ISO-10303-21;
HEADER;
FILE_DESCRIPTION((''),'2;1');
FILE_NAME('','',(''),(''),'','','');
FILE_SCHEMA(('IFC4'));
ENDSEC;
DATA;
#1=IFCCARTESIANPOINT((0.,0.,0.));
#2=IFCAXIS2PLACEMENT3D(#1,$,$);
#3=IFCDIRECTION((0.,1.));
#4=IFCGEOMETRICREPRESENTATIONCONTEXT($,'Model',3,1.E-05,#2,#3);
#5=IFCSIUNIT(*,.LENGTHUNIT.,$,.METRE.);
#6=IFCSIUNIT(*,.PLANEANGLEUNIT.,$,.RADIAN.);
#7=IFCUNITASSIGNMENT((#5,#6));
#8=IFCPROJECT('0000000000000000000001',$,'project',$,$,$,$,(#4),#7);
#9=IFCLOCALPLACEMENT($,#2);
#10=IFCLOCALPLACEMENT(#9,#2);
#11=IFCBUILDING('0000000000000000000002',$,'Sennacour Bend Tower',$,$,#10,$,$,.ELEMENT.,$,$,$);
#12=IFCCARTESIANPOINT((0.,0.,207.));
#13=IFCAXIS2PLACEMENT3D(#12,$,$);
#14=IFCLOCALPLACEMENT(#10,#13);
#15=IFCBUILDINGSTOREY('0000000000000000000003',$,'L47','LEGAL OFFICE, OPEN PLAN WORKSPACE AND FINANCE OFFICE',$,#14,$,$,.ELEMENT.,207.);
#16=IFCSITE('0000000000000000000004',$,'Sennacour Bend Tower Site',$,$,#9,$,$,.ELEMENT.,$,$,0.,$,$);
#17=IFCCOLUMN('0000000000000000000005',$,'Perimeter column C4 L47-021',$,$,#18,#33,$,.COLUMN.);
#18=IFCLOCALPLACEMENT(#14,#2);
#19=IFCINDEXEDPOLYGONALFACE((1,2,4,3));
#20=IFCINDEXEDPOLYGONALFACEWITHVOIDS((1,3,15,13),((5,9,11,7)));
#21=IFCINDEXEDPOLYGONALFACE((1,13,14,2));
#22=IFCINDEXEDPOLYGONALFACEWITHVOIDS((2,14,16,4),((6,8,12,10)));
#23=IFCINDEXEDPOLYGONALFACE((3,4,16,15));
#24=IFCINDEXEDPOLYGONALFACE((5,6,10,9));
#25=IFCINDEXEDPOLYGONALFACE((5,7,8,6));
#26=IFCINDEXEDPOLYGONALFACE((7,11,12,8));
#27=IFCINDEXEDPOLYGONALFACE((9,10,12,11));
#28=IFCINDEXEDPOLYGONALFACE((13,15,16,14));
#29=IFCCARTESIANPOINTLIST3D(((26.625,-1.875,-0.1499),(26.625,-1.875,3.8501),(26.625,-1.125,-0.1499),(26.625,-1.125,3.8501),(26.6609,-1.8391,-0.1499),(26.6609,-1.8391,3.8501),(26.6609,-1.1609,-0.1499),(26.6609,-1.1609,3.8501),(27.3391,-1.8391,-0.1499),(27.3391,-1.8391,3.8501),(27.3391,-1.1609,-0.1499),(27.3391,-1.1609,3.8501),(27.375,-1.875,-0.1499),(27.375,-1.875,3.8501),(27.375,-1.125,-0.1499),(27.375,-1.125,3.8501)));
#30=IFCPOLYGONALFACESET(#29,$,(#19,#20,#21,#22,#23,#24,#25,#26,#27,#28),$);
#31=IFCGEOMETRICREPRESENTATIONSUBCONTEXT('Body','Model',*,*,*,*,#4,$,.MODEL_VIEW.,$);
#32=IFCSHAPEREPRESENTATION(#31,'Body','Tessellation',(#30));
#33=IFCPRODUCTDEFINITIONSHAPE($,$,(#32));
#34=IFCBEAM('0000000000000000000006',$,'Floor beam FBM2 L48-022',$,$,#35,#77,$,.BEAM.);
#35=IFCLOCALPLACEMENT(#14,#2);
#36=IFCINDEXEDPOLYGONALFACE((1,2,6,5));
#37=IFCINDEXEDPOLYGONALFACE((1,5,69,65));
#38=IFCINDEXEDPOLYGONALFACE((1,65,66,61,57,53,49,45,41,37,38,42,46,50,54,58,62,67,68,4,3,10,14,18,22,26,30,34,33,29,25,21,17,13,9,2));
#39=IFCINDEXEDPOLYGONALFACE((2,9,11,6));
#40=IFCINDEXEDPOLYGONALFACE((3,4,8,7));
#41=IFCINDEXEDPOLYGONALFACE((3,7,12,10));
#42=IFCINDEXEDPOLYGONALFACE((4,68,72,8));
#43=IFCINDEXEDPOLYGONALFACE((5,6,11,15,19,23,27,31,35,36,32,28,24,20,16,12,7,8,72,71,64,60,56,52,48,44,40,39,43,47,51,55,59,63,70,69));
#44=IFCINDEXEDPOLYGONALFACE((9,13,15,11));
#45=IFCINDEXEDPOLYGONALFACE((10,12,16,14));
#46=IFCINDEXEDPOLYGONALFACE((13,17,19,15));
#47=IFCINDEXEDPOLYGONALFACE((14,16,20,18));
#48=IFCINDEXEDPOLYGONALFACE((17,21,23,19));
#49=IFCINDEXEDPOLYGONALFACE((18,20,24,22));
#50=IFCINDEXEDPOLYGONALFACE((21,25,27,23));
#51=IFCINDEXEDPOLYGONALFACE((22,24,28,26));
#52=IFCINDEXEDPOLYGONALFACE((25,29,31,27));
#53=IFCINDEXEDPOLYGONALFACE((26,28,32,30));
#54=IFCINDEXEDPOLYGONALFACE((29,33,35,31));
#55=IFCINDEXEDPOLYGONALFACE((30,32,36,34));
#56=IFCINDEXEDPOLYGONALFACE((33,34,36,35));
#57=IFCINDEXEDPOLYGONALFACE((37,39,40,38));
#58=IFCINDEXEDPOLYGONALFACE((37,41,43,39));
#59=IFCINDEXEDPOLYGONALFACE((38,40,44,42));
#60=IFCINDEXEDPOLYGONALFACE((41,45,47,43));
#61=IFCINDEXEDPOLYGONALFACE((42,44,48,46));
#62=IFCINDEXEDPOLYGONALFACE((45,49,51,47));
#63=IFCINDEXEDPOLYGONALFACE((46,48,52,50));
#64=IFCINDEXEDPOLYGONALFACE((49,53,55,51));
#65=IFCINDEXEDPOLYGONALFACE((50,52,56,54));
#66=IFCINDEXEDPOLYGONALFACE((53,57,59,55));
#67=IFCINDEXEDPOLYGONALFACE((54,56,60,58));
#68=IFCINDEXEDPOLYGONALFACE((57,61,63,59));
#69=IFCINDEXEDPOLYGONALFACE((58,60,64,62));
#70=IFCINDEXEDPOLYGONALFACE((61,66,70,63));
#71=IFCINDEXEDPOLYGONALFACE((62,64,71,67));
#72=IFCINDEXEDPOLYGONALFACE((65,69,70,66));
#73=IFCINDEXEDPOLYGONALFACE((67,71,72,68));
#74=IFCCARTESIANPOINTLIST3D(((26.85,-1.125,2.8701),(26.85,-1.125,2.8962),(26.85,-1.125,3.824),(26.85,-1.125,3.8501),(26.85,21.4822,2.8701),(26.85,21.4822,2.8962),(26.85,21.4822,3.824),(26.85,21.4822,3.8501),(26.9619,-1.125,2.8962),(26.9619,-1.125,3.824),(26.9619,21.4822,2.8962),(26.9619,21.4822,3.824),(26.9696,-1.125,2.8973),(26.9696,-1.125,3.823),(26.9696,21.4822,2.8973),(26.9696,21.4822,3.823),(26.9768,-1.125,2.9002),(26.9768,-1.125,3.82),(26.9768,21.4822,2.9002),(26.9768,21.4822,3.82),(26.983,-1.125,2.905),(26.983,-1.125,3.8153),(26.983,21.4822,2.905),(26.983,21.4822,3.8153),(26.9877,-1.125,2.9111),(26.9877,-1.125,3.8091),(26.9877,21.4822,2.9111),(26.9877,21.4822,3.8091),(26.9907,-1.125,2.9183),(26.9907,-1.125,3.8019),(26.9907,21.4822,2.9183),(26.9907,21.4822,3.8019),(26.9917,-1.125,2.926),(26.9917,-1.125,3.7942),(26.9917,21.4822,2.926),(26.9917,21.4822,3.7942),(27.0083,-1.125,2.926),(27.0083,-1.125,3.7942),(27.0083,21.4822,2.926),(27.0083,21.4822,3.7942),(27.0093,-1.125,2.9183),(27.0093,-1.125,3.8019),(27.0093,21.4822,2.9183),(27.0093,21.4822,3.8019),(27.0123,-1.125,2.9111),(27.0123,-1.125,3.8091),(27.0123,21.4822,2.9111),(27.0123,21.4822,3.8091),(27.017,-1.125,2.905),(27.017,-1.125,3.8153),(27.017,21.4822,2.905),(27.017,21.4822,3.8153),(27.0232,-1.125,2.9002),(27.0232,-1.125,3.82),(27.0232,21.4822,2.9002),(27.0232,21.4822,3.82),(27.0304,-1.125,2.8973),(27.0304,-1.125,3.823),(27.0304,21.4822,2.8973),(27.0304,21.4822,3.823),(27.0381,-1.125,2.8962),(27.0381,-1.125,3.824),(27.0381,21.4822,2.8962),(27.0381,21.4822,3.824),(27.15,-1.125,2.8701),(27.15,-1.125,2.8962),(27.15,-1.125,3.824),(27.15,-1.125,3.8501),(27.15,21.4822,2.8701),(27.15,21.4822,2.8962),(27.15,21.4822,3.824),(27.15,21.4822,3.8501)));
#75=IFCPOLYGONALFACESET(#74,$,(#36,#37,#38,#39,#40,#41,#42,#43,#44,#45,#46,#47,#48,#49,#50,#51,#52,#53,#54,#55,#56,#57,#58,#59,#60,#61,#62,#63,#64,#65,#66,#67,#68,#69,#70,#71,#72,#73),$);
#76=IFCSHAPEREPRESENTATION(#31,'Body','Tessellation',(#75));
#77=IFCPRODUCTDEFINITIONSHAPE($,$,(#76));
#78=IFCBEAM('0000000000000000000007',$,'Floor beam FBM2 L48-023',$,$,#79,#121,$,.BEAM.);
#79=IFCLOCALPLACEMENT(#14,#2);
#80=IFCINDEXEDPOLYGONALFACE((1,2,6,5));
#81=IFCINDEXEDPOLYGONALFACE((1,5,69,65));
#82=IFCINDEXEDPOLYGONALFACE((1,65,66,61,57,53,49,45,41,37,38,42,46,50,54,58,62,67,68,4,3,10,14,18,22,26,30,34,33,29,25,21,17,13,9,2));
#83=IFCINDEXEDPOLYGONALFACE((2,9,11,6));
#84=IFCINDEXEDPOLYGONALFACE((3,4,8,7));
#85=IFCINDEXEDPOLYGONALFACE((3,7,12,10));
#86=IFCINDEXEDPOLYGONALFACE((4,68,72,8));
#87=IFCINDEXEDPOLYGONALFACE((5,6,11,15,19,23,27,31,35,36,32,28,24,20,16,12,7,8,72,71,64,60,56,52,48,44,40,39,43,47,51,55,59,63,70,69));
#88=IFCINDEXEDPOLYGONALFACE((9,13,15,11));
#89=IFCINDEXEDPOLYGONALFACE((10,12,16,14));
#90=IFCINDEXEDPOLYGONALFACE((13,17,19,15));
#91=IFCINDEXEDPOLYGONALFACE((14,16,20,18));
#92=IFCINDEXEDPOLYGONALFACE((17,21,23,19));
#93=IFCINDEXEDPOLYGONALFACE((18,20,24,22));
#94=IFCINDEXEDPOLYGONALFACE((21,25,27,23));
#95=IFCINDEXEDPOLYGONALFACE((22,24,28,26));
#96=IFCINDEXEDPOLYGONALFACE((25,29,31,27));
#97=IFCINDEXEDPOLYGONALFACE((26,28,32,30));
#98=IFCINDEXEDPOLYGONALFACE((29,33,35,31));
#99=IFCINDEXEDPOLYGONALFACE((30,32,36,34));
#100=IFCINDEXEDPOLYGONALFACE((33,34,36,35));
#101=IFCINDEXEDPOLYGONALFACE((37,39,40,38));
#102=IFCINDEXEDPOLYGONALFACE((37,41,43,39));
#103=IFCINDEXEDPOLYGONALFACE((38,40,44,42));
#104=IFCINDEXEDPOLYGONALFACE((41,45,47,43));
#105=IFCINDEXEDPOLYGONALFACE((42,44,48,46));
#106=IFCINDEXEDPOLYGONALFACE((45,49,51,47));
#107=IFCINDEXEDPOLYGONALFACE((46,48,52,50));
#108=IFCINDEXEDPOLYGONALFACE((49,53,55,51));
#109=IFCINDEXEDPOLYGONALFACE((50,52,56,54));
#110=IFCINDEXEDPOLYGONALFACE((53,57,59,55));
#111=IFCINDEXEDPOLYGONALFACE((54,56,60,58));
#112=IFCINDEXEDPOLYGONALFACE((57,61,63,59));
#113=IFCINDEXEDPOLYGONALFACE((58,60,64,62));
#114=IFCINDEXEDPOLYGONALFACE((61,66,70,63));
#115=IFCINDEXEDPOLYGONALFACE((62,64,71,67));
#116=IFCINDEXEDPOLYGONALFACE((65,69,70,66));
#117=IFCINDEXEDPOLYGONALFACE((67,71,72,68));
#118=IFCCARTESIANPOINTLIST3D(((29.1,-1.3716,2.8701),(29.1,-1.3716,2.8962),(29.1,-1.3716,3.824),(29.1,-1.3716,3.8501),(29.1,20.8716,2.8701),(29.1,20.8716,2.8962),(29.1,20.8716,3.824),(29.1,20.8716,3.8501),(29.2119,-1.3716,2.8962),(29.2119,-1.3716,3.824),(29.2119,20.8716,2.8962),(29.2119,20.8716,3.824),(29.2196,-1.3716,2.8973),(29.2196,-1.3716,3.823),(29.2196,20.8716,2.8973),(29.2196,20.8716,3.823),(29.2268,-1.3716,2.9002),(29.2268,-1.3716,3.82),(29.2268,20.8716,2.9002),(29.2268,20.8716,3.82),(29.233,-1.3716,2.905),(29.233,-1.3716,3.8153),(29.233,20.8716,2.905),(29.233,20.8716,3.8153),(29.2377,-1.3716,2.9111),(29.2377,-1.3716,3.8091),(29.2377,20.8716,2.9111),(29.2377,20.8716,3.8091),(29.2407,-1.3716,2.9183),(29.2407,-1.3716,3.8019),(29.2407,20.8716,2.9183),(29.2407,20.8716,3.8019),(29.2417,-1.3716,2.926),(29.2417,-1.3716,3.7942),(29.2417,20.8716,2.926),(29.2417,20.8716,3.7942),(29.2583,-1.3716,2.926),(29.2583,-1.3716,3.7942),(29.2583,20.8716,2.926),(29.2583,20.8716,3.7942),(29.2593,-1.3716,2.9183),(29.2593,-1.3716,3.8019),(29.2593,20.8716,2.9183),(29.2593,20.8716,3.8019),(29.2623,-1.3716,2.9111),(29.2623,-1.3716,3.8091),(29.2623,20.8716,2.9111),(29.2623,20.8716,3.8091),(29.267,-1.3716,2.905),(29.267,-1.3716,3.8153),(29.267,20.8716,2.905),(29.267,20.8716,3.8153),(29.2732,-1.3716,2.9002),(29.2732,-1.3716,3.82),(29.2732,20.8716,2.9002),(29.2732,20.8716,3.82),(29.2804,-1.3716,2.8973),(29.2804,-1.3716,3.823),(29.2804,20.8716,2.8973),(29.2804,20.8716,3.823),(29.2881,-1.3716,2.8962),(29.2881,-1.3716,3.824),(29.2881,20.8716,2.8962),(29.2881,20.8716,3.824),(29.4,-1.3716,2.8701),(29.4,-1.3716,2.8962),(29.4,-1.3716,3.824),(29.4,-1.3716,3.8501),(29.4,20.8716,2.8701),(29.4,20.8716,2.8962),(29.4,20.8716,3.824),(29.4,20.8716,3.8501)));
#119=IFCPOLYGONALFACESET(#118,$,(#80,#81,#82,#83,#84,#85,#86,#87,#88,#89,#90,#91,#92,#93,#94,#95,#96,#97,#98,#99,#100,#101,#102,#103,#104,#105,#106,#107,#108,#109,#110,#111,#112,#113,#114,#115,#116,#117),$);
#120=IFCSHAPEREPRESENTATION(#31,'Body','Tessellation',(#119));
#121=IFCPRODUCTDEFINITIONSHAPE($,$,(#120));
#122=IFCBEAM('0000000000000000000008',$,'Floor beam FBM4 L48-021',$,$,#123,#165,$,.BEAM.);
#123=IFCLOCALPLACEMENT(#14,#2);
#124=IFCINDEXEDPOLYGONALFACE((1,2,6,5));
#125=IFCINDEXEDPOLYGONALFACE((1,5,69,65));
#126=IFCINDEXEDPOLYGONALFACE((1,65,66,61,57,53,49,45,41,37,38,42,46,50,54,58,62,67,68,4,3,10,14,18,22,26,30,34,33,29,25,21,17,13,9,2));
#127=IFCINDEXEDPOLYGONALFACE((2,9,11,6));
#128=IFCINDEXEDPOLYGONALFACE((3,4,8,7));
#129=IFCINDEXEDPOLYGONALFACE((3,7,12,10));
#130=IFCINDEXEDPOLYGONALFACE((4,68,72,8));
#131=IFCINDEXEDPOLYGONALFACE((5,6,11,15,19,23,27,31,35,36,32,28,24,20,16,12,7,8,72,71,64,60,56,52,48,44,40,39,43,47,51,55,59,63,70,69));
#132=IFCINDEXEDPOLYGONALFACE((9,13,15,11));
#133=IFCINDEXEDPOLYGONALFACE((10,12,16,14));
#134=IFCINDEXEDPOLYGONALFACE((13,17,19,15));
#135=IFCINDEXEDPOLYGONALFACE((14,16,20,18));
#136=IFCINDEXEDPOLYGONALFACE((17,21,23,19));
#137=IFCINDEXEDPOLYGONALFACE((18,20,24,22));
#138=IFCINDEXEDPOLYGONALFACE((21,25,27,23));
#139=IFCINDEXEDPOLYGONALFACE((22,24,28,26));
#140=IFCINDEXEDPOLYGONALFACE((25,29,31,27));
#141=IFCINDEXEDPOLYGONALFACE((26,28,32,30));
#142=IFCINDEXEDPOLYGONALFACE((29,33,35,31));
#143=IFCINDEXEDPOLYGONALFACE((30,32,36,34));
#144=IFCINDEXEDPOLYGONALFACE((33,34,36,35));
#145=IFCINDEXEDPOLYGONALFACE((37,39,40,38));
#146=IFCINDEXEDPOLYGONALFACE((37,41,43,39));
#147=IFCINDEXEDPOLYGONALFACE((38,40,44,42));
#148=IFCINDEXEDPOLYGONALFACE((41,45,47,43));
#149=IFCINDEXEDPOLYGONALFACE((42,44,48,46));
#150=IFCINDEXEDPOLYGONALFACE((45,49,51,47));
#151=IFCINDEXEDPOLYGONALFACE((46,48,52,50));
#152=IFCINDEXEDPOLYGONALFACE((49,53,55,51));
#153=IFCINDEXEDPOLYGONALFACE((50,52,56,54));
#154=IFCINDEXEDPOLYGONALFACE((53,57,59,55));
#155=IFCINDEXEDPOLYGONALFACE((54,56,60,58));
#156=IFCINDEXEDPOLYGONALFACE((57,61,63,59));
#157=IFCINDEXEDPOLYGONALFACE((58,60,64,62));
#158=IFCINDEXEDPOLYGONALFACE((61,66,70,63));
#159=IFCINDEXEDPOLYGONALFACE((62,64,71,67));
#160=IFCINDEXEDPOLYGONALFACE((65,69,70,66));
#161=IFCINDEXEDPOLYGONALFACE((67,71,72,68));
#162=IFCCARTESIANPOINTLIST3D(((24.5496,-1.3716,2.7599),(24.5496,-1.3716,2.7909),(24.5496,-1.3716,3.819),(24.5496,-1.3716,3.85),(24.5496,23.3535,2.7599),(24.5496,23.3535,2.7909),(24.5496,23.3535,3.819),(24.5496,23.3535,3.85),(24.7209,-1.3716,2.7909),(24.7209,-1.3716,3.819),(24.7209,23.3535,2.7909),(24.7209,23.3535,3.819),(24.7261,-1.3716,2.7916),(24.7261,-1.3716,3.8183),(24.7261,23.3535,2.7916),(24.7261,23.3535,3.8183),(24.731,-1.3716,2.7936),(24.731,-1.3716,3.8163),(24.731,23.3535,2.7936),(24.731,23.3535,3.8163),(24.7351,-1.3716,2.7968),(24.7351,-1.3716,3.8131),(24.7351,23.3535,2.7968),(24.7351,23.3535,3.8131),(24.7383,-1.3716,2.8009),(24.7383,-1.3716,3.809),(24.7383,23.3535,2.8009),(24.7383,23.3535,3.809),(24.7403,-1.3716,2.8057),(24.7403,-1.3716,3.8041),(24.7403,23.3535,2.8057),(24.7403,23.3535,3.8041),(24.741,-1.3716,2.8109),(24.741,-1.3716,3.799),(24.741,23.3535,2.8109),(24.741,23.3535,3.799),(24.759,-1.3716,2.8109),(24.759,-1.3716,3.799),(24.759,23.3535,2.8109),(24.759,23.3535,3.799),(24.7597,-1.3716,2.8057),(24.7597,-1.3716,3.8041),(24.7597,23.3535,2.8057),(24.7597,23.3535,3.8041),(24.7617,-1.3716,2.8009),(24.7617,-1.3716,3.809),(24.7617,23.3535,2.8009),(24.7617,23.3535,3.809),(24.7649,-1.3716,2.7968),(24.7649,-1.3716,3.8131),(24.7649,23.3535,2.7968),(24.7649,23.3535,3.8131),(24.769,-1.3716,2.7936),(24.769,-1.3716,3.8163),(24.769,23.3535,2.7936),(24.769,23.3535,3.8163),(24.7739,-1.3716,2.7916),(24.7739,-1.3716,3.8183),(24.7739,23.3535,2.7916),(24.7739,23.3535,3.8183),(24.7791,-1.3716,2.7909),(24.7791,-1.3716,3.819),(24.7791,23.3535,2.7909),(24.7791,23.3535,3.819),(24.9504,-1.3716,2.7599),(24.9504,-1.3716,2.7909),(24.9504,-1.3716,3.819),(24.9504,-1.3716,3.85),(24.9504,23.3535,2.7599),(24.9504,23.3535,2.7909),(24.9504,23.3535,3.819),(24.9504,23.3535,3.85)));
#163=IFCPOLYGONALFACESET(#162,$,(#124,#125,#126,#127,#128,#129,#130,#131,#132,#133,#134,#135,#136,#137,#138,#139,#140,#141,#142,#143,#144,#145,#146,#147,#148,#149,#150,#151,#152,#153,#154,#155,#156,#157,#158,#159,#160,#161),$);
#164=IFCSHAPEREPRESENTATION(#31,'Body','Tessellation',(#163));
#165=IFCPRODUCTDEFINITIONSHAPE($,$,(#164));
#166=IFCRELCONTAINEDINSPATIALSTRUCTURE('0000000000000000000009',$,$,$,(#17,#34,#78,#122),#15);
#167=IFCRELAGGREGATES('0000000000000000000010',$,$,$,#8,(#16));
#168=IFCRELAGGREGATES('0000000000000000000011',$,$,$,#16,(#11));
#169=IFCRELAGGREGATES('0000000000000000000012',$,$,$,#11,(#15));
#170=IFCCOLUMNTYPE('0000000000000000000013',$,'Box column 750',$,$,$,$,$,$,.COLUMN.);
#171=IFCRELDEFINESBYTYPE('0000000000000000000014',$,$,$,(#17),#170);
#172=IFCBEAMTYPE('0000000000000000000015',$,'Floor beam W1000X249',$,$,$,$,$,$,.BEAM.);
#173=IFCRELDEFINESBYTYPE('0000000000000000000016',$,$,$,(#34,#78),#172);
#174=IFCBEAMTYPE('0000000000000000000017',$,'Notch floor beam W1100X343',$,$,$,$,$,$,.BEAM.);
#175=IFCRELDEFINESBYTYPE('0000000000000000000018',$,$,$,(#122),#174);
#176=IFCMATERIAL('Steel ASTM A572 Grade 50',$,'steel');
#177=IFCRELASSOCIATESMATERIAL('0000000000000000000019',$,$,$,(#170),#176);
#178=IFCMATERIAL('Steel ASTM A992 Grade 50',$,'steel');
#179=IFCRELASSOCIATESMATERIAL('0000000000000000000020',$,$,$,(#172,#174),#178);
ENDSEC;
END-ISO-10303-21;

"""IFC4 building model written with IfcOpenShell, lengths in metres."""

from ifc_helpers import new_model, si_unit, direction, frame, origin, origin_2d, place, context, subcontext, project, spatial, hollow_rectangle, i_section, extrude, material, material_profile, profile_set, type_object, element, save


model = new_model("IFC4")

# Units and contexts
model_context = context("Model", 3, precision=1e-05, world=origin(), true_north=direction((0.0, 1.0)))
body_context = subcontext(model_context, "Body", "Model", "MODEL_VIEW")
ifc_project = project(units=[si_unit("LENGTHUNIT", "METRE"), si_unit("PLANEANGLEUNIT", "RADIAN")], contexts=[model_context])

# Site, building, storey
site_placement = place(None, origin())
site = spatial("IfcSite", under=ifc_project, at=site_placement, Name="Sennacour Bend Tower Site", CompositionType="ELEMENT", RefElevation=0.0)
building_placement = place(site_placement, origin())
building = spatial("IfcBuilding", under=site, at=building_placement, Name="Sennacour Bend Tower", CompositionType="ELEMENT")
storey_placement = place(building_placement, frame((0.0, 0.0, 207.0)))
storey = spatial("IfcBuildingStorey", under=building, at=storey_placement, Name="L47", Description="LEGAL OFFICE, OPEN PLAN WORKSPACE AND FINANCE OFFICE", CompositionType="ELEMENT", Elevation=207.0)

# Column
ifc_material_1 = material(Name="Steel ASTM A572 Grade 50", Category="steel")
ifc_material_profile_1 = material_profile(ifc_material_1, hollow_rectangle(XDim=0.75, YDim=0.75, WallThickness=0.0359, at=origin_2d()), Name="Steel ASTM A572 Grade 50", Category="steel")
ifc_profile_set_1 = profile_set([ifc_material_profile_1], Name="Steel ASTM A572 Grade 50")
column_type = type_object("IfcColumnType", Name="Box column 750", PredefinedType="COLUMN", material=ifc_profile_set_1)
column_placement = place(storey_placement, frame((27.0, -1.5, -0.1499), z_axis=(0.0, 0.0, 1.0), x_axis=(1.0, 0.0, 0.0)))
element("IfcColumn", 1, at=column_placement, inside=storey, type_object=column_type, Name="Perimeter column C4 L47-021", PredefinedType="COLUMN", context=body_context, shape_type="SweptSolid", body=[
    extrude(hollow_rectangle(XDim=0.75, YDim=0.75, WallThickness=0.0359, at=origin_2d()), origin(), (0.0, 0.0, 1.0), 4.0),
])

# Beams
ifc_material_2 = material(Name="Steel ASTM A992 Grade 50", Category="steel")
ifc_material_profile_2 = material_profile(ifc_material_2, i_section(OverallWidth=0.3, OverallDepth=0.98, WebThickness=0.0166, FlangeThickness=0.0261, FilletRadius=0.0298, at=origin_2d()), Name="Steel ASTM A992 Grade 50", Category="steel")
ifc_profile_set_2 = profile_set([ifc_material_profile_2], Name="Steel ASTM A992 Grade 50")
beam_type_1 = type_object("IfcBeamType", Name="Floor beam W1000X249", PredefinedType="BEAM", material=ifc_profile_set_2)
beam_1_placement = place(storey_placement, frame((27.0, -1.125, 3.3601), z_axis=(0.0, 1.0, 0.0), x_axis=(-1.0, 0.0, 0.0)))
element("IfcBeam", 2, at=beam_1_placement, inside=storey, type_object=beam_type_1, Name="Floor beam FBM2 L48-022", PredefinedType="BEAM", context=body_context, shape_type="SweptSolid", body=[
    extrude(i_section(OverallWidth=0.3, OverallDepth=0.98, WebThickness=0.0166, FlangeThickness=0.0261, FilletRadius=0.0298, at=origin_2d()), origin(), (0.0, 0.0, 1.0), 22.6072),
])
beam_2_placement = place(storey_placement, frame((29.25, -1.3716, 3.3601), z_axis=(0.0, 1.0, 0.0), x_axis=(-1.0, 0.0, 0.0)))
element("IfcBeam", 3, at=beam_2_placement, inside=storey, type_object=beam_type_1, Name="Floor beam FBM2 L48-023", PredefinedType="BEAM", context=body_context, shape_type="SweptSolid", body=[
    extrude(i_section(OverallWidth=0.3, OverallDepth=0.98, WebThickness=0.0166, FlangeThickness=0.0261, FilletRadius=0.0298, at=origin_2d()), origin(), (0.0, 0.0, 1.0), 22.2432),
])
ifc_material_profile_3 = material_profile(ifc_material_2, i_section(OverallWidth=0.4009, OverallDepth=1.0901, WebThickness=0.0181, FlangeThickness=0.031, FilletRadius=0.02, at=origin_2d()), Name="Steel ASTM A992 Grade 50", Category="steel")
ifc_profile_set_3 = profile_set([ifc_material_profile_3], Name="Steel ASTM A992 Grade 50")
beam_type_2 = type_object("IfcBeamType", Name="Notch floor beam W1100X343", PredefinedType="BEAM", material=ifc_profile_set_3)
beam_3_placement = place(storey_placement, frame((24.75, -1.3716, 3.3049), z_axis=(0.0, 1.0, 0.0), x_axis=(-1.0, 0.0, 0.0)))
element("IfcBeam", 4, at=beam_3_placement, inside=storey, type_object=beam_type_2, Name="Floor beam FBM4 L48-021", PredefinedType="BEAM", context=body_context, shape_type="SweptSolid", body=[
    extrude(i_section(OverallWidth=0.4009, OverallDepth=1.0901, WebThickness=0.0181, FlangeThickness=0.031, FilletRadius=0.02, at=origin_2d()), origin(), (0.0, 0.0, 1.0), 24.7251),
])

save(model, "model.ifc")
